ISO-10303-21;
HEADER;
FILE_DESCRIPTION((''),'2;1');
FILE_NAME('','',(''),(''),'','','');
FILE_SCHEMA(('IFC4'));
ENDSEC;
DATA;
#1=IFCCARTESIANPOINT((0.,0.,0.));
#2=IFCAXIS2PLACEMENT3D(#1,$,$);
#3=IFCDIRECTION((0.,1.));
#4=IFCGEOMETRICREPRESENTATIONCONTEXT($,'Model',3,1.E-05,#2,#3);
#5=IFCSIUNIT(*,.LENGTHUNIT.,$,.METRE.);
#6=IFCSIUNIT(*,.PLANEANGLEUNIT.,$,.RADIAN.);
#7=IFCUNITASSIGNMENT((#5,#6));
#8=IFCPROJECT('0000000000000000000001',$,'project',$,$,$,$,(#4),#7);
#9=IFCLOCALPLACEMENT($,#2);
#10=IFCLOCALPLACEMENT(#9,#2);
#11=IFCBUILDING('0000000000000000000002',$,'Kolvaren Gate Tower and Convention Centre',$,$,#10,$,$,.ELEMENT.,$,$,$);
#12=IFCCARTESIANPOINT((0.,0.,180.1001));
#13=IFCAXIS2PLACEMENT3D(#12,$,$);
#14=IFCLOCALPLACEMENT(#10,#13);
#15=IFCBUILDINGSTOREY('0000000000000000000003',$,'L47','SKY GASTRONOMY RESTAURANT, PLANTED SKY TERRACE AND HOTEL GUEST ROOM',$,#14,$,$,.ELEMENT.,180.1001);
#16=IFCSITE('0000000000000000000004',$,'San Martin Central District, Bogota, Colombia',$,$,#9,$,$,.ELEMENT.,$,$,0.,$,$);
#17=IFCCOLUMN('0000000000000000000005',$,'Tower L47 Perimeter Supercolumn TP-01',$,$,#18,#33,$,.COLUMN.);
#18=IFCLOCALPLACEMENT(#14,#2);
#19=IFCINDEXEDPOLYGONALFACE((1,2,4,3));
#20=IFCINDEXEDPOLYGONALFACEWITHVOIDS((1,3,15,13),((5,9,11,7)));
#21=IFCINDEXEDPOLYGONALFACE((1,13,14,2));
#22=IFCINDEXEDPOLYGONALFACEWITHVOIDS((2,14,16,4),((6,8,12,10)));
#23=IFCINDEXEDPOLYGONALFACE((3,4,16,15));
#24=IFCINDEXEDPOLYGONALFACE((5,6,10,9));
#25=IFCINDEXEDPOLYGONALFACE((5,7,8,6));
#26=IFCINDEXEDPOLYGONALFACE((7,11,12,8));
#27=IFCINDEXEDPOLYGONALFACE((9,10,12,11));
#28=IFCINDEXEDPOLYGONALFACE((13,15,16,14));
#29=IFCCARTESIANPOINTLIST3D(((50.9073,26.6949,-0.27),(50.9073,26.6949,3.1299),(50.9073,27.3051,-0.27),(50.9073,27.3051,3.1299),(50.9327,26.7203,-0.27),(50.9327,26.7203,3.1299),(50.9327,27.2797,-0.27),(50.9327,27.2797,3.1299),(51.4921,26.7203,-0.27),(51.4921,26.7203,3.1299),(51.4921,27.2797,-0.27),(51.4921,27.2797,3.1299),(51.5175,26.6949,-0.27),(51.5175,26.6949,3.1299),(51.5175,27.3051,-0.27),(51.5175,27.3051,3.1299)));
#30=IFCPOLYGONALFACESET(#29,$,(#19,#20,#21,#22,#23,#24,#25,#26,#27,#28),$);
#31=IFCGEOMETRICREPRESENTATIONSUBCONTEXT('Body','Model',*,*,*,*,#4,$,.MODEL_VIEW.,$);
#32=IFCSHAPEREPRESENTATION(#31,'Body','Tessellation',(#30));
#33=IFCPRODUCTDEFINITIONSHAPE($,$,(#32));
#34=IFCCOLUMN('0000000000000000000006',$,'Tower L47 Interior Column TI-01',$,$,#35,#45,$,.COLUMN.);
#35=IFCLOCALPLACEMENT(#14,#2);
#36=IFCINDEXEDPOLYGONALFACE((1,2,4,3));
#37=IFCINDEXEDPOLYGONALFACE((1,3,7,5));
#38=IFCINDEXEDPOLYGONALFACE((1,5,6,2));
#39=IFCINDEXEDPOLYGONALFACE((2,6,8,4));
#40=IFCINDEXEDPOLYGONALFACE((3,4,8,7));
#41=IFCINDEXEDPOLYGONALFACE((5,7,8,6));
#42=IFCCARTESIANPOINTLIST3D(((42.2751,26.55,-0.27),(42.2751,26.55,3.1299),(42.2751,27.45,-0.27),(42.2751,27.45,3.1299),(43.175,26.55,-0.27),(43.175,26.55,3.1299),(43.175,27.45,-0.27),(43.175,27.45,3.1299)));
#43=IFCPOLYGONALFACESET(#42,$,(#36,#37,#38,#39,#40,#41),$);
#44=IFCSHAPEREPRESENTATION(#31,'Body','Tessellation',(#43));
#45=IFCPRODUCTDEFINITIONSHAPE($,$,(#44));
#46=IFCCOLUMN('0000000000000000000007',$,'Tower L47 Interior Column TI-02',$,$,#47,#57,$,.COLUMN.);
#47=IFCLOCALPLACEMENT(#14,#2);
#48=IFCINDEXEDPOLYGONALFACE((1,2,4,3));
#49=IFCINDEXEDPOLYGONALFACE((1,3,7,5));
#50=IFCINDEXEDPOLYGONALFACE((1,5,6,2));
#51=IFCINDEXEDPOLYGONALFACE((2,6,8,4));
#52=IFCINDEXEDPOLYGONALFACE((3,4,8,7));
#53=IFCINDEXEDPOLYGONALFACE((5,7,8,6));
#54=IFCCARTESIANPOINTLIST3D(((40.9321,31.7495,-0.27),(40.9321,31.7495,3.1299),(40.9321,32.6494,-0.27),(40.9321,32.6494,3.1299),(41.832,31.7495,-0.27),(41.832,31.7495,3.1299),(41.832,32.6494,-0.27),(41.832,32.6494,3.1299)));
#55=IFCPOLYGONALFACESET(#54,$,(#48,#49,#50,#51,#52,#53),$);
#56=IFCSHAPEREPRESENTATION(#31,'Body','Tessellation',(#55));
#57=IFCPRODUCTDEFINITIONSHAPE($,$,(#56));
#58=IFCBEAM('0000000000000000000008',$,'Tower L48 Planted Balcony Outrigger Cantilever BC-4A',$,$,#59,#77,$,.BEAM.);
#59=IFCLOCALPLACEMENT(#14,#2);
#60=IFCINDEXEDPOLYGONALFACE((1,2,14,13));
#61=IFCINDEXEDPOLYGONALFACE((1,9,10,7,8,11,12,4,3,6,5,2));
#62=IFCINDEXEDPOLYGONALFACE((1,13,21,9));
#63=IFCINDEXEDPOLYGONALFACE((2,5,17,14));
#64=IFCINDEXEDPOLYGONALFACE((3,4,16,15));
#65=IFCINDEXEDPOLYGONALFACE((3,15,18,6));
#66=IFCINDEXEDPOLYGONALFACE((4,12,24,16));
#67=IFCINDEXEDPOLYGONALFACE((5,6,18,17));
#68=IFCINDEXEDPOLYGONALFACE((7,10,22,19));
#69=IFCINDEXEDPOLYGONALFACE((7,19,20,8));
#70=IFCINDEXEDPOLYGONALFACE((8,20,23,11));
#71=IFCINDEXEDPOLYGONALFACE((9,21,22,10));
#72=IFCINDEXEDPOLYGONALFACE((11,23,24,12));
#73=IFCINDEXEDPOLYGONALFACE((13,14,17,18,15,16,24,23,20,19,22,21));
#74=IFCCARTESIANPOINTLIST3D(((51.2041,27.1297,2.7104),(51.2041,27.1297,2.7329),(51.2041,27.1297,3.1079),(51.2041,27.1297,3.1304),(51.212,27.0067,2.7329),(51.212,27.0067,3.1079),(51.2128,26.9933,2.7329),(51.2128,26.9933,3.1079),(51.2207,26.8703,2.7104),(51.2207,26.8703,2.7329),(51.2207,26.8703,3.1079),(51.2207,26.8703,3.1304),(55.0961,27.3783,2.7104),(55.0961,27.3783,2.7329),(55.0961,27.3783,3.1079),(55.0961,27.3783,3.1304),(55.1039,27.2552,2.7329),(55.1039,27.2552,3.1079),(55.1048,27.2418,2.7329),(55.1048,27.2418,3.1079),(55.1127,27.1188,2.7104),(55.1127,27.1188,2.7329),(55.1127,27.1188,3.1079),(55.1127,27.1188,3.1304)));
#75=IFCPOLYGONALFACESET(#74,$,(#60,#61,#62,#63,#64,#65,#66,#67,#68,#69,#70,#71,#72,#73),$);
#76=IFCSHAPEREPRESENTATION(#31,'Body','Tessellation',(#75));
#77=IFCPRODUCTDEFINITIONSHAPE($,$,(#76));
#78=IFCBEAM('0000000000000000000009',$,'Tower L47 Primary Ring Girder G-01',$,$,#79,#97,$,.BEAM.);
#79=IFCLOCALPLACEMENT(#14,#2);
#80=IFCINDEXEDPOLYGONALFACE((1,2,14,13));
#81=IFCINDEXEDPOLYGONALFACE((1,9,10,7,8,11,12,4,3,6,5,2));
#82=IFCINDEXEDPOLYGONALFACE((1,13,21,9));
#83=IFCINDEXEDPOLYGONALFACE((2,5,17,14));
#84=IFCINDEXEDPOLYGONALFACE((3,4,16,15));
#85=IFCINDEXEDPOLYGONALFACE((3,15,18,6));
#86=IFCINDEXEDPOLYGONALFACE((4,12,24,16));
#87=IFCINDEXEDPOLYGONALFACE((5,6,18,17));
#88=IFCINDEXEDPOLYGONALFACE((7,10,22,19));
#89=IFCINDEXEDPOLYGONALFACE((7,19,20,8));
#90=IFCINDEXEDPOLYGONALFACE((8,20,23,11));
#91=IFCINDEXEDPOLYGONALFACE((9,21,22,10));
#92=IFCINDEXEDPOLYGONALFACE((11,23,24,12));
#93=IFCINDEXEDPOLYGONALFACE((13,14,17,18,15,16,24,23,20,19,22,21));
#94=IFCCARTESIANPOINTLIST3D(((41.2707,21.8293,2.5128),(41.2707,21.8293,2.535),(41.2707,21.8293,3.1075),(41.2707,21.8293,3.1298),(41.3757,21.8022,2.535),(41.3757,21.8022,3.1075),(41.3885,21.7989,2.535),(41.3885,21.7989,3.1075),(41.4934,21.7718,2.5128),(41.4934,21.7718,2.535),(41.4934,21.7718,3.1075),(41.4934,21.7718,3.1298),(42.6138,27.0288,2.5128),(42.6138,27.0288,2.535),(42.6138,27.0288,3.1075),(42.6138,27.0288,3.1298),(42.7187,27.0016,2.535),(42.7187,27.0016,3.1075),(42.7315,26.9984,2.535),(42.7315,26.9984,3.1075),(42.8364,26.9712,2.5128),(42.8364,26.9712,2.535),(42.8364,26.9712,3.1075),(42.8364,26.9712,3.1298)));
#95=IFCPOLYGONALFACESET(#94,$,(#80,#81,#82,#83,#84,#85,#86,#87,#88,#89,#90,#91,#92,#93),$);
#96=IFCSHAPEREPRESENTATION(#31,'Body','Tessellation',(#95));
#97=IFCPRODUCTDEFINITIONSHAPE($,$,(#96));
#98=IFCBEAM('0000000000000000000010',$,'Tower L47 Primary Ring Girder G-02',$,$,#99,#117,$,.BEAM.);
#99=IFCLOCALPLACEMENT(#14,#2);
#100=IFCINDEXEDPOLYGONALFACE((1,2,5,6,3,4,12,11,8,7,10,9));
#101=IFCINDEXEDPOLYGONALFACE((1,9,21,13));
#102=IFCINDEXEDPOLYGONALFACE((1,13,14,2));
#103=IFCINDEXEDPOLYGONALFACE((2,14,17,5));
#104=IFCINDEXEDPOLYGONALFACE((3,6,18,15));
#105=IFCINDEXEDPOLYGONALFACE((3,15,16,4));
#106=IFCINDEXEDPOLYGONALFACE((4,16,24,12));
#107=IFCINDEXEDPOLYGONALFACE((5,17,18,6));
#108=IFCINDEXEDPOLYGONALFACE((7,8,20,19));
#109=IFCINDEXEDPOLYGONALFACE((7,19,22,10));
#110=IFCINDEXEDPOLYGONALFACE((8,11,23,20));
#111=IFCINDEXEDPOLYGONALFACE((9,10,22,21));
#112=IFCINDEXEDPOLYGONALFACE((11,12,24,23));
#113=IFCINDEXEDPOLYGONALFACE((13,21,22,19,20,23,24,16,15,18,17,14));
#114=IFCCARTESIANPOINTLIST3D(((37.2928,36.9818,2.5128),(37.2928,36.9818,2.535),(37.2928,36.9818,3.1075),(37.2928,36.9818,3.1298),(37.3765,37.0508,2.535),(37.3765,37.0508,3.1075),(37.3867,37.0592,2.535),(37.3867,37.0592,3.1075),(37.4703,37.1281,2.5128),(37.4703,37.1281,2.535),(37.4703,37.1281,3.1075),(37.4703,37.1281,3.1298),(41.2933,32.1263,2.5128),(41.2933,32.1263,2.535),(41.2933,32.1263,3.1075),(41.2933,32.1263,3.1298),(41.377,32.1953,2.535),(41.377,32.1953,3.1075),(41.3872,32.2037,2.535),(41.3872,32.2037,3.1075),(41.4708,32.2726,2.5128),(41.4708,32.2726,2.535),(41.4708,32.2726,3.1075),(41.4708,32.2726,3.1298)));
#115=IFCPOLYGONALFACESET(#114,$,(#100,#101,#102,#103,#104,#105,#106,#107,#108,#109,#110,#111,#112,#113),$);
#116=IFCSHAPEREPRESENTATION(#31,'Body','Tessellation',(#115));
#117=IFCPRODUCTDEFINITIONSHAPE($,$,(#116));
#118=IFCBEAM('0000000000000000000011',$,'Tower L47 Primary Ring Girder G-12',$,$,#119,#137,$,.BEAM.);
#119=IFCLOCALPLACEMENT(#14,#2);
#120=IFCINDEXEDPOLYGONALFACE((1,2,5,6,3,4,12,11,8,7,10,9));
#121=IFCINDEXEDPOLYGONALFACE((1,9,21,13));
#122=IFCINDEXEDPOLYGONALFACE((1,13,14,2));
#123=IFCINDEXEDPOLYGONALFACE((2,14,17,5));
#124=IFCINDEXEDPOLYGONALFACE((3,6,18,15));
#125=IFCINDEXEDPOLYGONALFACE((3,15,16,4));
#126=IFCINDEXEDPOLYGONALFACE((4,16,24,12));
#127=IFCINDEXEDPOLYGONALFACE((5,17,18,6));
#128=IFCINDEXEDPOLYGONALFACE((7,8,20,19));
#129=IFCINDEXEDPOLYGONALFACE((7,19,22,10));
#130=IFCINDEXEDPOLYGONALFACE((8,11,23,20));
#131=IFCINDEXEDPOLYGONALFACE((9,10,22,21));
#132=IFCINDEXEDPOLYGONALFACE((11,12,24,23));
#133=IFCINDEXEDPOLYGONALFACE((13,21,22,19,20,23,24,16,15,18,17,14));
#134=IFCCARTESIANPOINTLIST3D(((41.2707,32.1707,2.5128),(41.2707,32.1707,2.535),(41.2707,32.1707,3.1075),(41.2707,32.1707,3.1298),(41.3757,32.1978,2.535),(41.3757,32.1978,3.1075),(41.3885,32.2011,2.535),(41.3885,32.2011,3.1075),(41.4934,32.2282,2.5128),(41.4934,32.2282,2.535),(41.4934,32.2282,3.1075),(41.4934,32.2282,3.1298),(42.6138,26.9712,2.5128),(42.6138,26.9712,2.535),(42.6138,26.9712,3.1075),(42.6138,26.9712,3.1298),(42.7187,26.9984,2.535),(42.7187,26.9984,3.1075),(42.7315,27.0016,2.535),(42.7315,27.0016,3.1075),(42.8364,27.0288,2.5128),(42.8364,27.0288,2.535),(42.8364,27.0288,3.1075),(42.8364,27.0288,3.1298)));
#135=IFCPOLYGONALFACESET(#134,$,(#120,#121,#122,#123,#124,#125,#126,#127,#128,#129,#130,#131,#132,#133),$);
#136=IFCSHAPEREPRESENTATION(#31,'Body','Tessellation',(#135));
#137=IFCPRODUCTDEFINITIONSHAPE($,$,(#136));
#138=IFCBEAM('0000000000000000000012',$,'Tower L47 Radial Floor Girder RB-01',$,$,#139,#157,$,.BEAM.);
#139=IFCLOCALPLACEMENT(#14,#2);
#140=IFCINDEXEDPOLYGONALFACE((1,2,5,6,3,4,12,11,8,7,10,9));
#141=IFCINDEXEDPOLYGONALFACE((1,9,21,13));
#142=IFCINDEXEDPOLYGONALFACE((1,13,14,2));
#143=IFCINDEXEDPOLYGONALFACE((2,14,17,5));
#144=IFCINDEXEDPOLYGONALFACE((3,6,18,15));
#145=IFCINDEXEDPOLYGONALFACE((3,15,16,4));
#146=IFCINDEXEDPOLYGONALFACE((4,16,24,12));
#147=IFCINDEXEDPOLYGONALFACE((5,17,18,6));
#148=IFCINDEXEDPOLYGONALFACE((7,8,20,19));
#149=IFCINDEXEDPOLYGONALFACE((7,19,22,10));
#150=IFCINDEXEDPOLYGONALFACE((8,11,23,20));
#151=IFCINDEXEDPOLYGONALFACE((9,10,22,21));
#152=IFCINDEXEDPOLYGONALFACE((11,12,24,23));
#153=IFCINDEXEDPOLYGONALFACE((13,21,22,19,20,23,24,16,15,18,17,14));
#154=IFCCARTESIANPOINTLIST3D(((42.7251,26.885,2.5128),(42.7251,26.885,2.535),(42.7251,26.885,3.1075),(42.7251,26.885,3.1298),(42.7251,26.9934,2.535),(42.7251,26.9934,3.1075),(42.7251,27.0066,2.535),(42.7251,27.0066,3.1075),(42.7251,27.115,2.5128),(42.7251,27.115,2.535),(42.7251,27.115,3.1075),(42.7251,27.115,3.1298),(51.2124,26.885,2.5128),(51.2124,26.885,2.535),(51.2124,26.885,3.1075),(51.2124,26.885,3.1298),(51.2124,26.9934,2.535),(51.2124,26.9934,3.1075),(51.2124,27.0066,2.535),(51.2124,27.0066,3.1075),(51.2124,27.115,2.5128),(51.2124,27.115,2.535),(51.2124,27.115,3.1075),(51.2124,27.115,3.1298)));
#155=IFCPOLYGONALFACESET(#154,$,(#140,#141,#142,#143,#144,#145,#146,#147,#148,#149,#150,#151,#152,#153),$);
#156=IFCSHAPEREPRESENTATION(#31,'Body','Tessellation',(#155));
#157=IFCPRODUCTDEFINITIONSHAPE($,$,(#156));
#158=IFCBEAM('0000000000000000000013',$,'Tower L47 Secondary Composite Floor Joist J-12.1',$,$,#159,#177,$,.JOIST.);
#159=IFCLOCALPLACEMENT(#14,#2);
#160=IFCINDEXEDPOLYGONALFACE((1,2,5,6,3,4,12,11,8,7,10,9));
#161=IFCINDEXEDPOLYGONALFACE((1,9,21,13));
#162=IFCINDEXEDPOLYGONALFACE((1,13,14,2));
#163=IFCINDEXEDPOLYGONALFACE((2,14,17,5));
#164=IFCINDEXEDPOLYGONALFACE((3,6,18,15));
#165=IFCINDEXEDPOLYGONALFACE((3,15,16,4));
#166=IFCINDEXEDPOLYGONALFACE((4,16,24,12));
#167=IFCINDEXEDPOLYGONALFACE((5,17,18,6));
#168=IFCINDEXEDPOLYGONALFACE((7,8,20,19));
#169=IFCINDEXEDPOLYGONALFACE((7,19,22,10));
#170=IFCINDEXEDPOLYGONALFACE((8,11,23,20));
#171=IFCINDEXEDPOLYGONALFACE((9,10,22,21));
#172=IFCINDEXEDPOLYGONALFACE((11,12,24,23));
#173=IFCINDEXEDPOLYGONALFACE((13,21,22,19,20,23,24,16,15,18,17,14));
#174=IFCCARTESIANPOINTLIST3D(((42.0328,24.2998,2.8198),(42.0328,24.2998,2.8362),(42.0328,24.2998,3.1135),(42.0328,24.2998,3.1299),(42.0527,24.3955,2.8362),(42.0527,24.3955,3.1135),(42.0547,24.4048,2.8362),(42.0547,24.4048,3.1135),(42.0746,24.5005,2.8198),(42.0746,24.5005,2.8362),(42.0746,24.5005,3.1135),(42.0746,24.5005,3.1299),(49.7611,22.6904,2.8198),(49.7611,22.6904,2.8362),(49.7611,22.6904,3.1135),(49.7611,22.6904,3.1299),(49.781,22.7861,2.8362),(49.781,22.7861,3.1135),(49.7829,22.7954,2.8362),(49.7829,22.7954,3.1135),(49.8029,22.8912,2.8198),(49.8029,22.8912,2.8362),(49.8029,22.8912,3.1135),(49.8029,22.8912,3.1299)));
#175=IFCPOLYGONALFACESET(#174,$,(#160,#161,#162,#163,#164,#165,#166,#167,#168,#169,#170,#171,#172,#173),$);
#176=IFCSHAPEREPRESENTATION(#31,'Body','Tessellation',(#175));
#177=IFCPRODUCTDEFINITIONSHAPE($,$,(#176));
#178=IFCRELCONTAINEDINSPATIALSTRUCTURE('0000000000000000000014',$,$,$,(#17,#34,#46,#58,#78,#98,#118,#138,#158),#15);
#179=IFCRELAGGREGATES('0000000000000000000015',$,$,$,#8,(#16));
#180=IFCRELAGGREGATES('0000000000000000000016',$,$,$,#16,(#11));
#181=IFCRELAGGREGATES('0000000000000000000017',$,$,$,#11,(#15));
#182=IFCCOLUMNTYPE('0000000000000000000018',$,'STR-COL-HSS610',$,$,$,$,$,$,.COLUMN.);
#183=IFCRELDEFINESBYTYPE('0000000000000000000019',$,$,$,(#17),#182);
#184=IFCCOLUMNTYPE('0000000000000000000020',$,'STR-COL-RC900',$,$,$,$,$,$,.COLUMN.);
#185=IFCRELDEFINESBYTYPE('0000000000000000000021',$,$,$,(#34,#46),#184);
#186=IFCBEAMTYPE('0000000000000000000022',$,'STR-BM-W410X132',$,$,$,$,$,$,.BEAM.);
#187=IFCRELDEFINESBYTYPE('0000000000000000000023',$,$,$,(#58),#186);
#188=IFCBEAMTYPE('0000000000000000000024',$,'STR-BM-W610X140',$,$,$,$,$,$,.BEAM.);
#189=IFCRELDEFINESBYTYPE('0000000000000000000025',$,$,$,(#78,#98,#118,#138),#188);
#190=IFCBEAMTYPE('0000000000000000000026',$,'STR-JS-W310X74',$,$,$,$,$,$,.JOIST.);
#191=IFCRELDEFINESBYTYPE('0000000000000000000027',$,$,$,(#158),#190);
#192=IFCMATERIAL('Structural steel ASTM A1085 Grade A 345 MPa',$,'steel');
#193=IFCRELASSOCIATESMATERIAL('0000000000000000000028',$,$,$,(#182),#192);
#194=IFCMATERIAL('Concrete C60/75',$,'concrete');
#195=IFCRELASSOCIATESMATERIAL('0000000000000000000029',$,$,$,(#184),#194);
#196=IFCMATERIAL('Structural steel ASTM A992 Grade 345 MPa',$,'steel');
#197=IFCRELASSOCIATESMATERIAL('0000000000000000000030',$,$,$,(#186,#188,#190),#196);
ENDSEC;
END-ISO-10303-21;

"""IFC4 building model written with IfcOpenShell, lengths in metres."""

from ifc_helpers import new_model, si_unit, direction, frame, origin, origin_2d, place, context, subcontext, project, spatial, rectangle, hollow_rectangle, i_section, extrude, material, material_profile, profile_set, type_object, element, save


model = new_model("IFC4")

# Units and contexts
model_context = context("Model", 3, precision=1e-05, world=origin(), true_north=direction((0.0, 1.0)))
body_context = subcontext(model_context, "Body", "Model", "MODEL_VIEW")
ifc_project = project(units=[si_unit("LENGTHUNIT", "METRE"), si_unit("PLANEANGLEUNIT", "RADIAN")], contexts=[model_context])

# Site, building, storey
site_placement = place(None, origin())
site = spatial("IfcSite", under=ifc_project, at=site_placement, Name="San Martin Central District, Bogota, Colombia", CompositionType="ELEMENT", RefElevation=0.0)
building_placement = place(site_placement, origin())
building = spatial("IfcBuilding", under=site, at=building_placement, Name="Kolvaren Gate Tower and Convention Centre", CompositionType="ELEMENT")
storey_placement = place(building_placement, frame((0.0, 0.0, 180.1001)))
storey = spatial("IfcBuildingStorey", under=building, at=storey_placement, Name="L47", Description="SKY GASTRONOMY RESTAURANT, PLANTED SKY TERRACE AND HOTEL GUEST ROOM", CompositionType="ELEMENT", Elevation=180.1001)

# Columns
ifc_material_1 = material(Name="Structural steel ASTM A1085 Grade A 345 MPa", Category="steel")
ifc_material_profile_1 = material_profile(ifc_material_1, hollow_rectangle(XDim=0.6101, YDim=0.6101, WallThickness=0.0254, at=origin_2d()), Name="HSS610X610X25.4")
ifc_profile_set_1 = profile_set([ifc_material_profile_1], Name="Structural steel ASTM A1085 Grade A 345 MPa")
column_type_1 = type_object("IfcColumnType", Name="STR-COL-HSS610", PredefinedType="COLUMN", material=ifc_profile_set_1)
column_placement = place(storey_placement, frame((51.2124, 27.0, -0.27), z_axis=(0.0, 0.0, 1.0), x_axis=(1.0, 0.0, 0.0)))
element("IfcColumn", 1, at=column_placement, inside=storey, type_object=column_type_1, Name="Tower L47 Perimeter Supercolumn TP-01", PredefinedType="COLUMN", context=body_context, shape_type="SweptSolid", body=[
    extrude(hollow_rectangle(XDim=0.6101, YDim=0.6101, WallThickness=0.0254, at=origin_2d()), origin(), (0.0, 0.0, 1.0), 3.3999),
])
ifc_material_2 = material(Name="Concrete C60/75", Category="concrete")
ifc_material_profile_2 = material_profile(ifc_material_2, rectangle(XDim=0.8999, YDim=0.8999, at=origin_2d()), Name="RC-COL-900X900")
ifc_profile_set_2 = profile_set([ifc_material_profile_2], Name="Concrete C60/75")
column_type_2 = type_object("IfcColumnType", Name="STR-COL-RC900", PredefinedType="COLUMN", material=ifc_profile_set_2)
for number, where, z_axis, x_axis, name in (
    (2, (42.7251, 27.0, -0.27), (0.0, 0.0, 1.0), (1.0, 0.0, 0.0), "Tower L47 Interior Column TI-01"),
    (3, (41.3821, 32.1995, -0.27), (0.0, 0.0, 1.0), (1.0, 0.0, 0.0), "Tower L47 Interior Column TI-02"),
):
    element("IfcColumn", number, at=place(storey_placement, frame(where, z_axis=z_axis, x_axis=x_axis)), inside=storey, type_object=column_type_2, Name=name, PredefinedType="COLUMN", context=body_context, shape_type="SweptSolid", body=[
        extrude(rectangle(XDim=0.8999, YDim=0.8999, at=origin_2d()), origin(), (0.0, 0.0, 1.0), 3.3999),
    ])

# Beams
ifc_material_3 = material(Name="Structural steel ASTM A992 Grade 345 MPa", Category="steel")
ifc_material_profile_3 = material_profile(ifc_material_3, i_section(OverallWidth=0.26, OverallDepth=0.4199, WebThickness=0.0134, FlangeThickness=0.0225, at=origin_2d()), Name="W410X132")
ifc_profile_set_3 = profile_set([ifc_material_profile_3], Name="Structural steel ASTM A992 Grade 345 MPa")
beam_type_1 = type_object("IfcBeamType", Name="STR-BM-W410X132", PredefinedType="BEAM", material=ifc_profile_set_3)
beam_1_placement = place(storey_placement, frame((51.2124, 27.0, 2.9204), z_axis=(0.997967, 0.063727, 0.0), x_axis=(-0.063727, 0.997967, 0.0)))
element("IfcBeam", 4, at=beam_1_placement, inside=storey, type_object=beam_type_1, Name="Tower L48 Planted Balcony Outrigger Cantilever BC-4A", PredefinedType="BEAM", context=body_context, shape_type="SweptSolid", body=[
    extrude(i_section(OverallWidth=0.26, OverallDepth=0.4199, WebThickness=0.0134, FlangeThickness=0.0225, at=origin_2d()), origin(), (0.0, 0.0, 1.0), 3.8999),
])
ifc_material_profile_4 = material_profile(ifc_material_3, i_section(OverallWidth=0.23, OverallDepth=0.6169, WebThickness=0.0132, FlangeThickness=0.0222, at=origin_2d()), Name="W610X140")
ifc_profile_set_4 = profile_set([ifc_material_profile_4], Name="Structural steel ASTM A992 Grade 345 MPa")
beam_type_2 = type_object("IfcBeamType", Name="STR-BM-W610X140", PredefinedType="BEAM", material=ifc_profile_set_4)
beam_2_placement = place(storey_placement, frame((42.7251, 27.0, 2.8213), z_axis=(-0.250091, -0.968222, 0.0), x_axis=(0.968222, -0.250091, 0.0)))
element("IfcBeam", 5, at=beam_2_placement, inside=storey, type_object=beam_type_2, Name="Tower L47 Primary Ring Girder G-01", PredefinedType="BEAM", context=body_context, shape_type="SweptSolid", body=[
    extrude(i_section(OverallWidth=0.23, OverallDepth=0.6169, WebThickness=0.0132, FlangeThickness=0.0222, at=origin_2d()), origin(), (0.0, 0.0, 1.0), 5.3701),
])
beam_3_placement = place(storey_placement, frame((41.3821, 32.1995, 2.8213), z_axis=(-0.635884, 0.771785, 0.0), x_axis=(-0.771785, -0.635884, 0.0)))
element("IfcBeam", 6, at=beam_3_placement, inside=storey, type_object=beam_type_2, Name="Tower L47 Primary Ring Girder G-02", PredefinedType="BEAM", context=body_context, shape_type="SweptSolid", body=[
    extrude(i_section(OverallWidth=0.23, OverallDepth=0.6169, WebThickness=0.0132, FlangeThickness=0.0222, at=origin_2d()), origin(), (0.0, 0.0, 1.0), 6.2913),
])
beam_4_placement = place(storey_placement, frame((42.7251, 27.0, 2.8213), z_axis=(-0.250091, 0.968222, 0.0), x_axis=(-0.968222, -0.250091, 0.0)))
element("IfcBeam", 7, at=beam_4_placement, inside=storey, type_object=beam_type_2, Name="Tower L47 Primary Ring Girder G-12", PredefinedType="BEAM", context=body_context, shape_type="SweptSolid", body=[
    extrude(i_section(OverallWidth=0.23, OverallDepth=0.6169, WebThickness=0.0132, FlangeThickness=0.0222, at=origin_2d()), origin(), (0.0, 0.0, 1.0), 5.3701),
])
beam_5_placement = place(storey_placement, frame((42.7251, 27.0, 2.8213), z_axis=(1.0, 0.0, 0.0), x_axis=(0.0, 1.0, 0.0)))
element("IfcBeam", 8, at=beam_5_placement, inside=storey, type_object=beam_type_2, Name="Tower L47 Radial Floor Girder RB-01", PredefinedType="BEAM", context=body_context, shape_type="SweptSolid", body=[
    extrude(i_section(OverallWidth=0.23, OverallDepth=0.6169, WebThickness=0.0132, FlangeThickness=0.0222, at=origin_2d()), origin(), (0.0, 0.0, 1.0), 8.4873),
])
ifc_material_profile_5 = material_profile(ifc_material_3, i_section(OverallWidth=0.2051, OverallDepth=0.3101, WebThickness=0.0095, FlangeThickness=0.0164, at=origin_2d()), Name="W310X74")
ifc_profile_set_5 = profile_set([ifc_material_profile_5], Name="Structural steel ASTM A992 Grade 345 MPa")
beam_type_3 = type_object("IfcBeamType", Name="STR-JS-W310X74", PredefinedType="JOIST", material=ifc_profile_set_5)
beam_6_placement = place(storey_placement, frame((42.0537, 24.4001, 2.9749), z_axis=(0.978998, -0.203872, 0.0), x_axis=(0.203872, 0.978998, 0.0)))
element("IfcBeam", 9, at=beam_6_placement, inside=storey, type_object=beam_type_3, Name="Tower L47 Secondary Composite Floor Joist J-12.1", PredefinedType="JOIST", context=body_context, shape_type="SweptSolid", body=[
    extrude(i_section(OverallWidth=0.2051, OverallDepth=0.3101, WebThickness=0.0095, FlangeThickness=0.0164, at=origin_2d()), origin(), (0.0, 0.0, 1.0), 7.894),
])

save(model, "model.ifc")
